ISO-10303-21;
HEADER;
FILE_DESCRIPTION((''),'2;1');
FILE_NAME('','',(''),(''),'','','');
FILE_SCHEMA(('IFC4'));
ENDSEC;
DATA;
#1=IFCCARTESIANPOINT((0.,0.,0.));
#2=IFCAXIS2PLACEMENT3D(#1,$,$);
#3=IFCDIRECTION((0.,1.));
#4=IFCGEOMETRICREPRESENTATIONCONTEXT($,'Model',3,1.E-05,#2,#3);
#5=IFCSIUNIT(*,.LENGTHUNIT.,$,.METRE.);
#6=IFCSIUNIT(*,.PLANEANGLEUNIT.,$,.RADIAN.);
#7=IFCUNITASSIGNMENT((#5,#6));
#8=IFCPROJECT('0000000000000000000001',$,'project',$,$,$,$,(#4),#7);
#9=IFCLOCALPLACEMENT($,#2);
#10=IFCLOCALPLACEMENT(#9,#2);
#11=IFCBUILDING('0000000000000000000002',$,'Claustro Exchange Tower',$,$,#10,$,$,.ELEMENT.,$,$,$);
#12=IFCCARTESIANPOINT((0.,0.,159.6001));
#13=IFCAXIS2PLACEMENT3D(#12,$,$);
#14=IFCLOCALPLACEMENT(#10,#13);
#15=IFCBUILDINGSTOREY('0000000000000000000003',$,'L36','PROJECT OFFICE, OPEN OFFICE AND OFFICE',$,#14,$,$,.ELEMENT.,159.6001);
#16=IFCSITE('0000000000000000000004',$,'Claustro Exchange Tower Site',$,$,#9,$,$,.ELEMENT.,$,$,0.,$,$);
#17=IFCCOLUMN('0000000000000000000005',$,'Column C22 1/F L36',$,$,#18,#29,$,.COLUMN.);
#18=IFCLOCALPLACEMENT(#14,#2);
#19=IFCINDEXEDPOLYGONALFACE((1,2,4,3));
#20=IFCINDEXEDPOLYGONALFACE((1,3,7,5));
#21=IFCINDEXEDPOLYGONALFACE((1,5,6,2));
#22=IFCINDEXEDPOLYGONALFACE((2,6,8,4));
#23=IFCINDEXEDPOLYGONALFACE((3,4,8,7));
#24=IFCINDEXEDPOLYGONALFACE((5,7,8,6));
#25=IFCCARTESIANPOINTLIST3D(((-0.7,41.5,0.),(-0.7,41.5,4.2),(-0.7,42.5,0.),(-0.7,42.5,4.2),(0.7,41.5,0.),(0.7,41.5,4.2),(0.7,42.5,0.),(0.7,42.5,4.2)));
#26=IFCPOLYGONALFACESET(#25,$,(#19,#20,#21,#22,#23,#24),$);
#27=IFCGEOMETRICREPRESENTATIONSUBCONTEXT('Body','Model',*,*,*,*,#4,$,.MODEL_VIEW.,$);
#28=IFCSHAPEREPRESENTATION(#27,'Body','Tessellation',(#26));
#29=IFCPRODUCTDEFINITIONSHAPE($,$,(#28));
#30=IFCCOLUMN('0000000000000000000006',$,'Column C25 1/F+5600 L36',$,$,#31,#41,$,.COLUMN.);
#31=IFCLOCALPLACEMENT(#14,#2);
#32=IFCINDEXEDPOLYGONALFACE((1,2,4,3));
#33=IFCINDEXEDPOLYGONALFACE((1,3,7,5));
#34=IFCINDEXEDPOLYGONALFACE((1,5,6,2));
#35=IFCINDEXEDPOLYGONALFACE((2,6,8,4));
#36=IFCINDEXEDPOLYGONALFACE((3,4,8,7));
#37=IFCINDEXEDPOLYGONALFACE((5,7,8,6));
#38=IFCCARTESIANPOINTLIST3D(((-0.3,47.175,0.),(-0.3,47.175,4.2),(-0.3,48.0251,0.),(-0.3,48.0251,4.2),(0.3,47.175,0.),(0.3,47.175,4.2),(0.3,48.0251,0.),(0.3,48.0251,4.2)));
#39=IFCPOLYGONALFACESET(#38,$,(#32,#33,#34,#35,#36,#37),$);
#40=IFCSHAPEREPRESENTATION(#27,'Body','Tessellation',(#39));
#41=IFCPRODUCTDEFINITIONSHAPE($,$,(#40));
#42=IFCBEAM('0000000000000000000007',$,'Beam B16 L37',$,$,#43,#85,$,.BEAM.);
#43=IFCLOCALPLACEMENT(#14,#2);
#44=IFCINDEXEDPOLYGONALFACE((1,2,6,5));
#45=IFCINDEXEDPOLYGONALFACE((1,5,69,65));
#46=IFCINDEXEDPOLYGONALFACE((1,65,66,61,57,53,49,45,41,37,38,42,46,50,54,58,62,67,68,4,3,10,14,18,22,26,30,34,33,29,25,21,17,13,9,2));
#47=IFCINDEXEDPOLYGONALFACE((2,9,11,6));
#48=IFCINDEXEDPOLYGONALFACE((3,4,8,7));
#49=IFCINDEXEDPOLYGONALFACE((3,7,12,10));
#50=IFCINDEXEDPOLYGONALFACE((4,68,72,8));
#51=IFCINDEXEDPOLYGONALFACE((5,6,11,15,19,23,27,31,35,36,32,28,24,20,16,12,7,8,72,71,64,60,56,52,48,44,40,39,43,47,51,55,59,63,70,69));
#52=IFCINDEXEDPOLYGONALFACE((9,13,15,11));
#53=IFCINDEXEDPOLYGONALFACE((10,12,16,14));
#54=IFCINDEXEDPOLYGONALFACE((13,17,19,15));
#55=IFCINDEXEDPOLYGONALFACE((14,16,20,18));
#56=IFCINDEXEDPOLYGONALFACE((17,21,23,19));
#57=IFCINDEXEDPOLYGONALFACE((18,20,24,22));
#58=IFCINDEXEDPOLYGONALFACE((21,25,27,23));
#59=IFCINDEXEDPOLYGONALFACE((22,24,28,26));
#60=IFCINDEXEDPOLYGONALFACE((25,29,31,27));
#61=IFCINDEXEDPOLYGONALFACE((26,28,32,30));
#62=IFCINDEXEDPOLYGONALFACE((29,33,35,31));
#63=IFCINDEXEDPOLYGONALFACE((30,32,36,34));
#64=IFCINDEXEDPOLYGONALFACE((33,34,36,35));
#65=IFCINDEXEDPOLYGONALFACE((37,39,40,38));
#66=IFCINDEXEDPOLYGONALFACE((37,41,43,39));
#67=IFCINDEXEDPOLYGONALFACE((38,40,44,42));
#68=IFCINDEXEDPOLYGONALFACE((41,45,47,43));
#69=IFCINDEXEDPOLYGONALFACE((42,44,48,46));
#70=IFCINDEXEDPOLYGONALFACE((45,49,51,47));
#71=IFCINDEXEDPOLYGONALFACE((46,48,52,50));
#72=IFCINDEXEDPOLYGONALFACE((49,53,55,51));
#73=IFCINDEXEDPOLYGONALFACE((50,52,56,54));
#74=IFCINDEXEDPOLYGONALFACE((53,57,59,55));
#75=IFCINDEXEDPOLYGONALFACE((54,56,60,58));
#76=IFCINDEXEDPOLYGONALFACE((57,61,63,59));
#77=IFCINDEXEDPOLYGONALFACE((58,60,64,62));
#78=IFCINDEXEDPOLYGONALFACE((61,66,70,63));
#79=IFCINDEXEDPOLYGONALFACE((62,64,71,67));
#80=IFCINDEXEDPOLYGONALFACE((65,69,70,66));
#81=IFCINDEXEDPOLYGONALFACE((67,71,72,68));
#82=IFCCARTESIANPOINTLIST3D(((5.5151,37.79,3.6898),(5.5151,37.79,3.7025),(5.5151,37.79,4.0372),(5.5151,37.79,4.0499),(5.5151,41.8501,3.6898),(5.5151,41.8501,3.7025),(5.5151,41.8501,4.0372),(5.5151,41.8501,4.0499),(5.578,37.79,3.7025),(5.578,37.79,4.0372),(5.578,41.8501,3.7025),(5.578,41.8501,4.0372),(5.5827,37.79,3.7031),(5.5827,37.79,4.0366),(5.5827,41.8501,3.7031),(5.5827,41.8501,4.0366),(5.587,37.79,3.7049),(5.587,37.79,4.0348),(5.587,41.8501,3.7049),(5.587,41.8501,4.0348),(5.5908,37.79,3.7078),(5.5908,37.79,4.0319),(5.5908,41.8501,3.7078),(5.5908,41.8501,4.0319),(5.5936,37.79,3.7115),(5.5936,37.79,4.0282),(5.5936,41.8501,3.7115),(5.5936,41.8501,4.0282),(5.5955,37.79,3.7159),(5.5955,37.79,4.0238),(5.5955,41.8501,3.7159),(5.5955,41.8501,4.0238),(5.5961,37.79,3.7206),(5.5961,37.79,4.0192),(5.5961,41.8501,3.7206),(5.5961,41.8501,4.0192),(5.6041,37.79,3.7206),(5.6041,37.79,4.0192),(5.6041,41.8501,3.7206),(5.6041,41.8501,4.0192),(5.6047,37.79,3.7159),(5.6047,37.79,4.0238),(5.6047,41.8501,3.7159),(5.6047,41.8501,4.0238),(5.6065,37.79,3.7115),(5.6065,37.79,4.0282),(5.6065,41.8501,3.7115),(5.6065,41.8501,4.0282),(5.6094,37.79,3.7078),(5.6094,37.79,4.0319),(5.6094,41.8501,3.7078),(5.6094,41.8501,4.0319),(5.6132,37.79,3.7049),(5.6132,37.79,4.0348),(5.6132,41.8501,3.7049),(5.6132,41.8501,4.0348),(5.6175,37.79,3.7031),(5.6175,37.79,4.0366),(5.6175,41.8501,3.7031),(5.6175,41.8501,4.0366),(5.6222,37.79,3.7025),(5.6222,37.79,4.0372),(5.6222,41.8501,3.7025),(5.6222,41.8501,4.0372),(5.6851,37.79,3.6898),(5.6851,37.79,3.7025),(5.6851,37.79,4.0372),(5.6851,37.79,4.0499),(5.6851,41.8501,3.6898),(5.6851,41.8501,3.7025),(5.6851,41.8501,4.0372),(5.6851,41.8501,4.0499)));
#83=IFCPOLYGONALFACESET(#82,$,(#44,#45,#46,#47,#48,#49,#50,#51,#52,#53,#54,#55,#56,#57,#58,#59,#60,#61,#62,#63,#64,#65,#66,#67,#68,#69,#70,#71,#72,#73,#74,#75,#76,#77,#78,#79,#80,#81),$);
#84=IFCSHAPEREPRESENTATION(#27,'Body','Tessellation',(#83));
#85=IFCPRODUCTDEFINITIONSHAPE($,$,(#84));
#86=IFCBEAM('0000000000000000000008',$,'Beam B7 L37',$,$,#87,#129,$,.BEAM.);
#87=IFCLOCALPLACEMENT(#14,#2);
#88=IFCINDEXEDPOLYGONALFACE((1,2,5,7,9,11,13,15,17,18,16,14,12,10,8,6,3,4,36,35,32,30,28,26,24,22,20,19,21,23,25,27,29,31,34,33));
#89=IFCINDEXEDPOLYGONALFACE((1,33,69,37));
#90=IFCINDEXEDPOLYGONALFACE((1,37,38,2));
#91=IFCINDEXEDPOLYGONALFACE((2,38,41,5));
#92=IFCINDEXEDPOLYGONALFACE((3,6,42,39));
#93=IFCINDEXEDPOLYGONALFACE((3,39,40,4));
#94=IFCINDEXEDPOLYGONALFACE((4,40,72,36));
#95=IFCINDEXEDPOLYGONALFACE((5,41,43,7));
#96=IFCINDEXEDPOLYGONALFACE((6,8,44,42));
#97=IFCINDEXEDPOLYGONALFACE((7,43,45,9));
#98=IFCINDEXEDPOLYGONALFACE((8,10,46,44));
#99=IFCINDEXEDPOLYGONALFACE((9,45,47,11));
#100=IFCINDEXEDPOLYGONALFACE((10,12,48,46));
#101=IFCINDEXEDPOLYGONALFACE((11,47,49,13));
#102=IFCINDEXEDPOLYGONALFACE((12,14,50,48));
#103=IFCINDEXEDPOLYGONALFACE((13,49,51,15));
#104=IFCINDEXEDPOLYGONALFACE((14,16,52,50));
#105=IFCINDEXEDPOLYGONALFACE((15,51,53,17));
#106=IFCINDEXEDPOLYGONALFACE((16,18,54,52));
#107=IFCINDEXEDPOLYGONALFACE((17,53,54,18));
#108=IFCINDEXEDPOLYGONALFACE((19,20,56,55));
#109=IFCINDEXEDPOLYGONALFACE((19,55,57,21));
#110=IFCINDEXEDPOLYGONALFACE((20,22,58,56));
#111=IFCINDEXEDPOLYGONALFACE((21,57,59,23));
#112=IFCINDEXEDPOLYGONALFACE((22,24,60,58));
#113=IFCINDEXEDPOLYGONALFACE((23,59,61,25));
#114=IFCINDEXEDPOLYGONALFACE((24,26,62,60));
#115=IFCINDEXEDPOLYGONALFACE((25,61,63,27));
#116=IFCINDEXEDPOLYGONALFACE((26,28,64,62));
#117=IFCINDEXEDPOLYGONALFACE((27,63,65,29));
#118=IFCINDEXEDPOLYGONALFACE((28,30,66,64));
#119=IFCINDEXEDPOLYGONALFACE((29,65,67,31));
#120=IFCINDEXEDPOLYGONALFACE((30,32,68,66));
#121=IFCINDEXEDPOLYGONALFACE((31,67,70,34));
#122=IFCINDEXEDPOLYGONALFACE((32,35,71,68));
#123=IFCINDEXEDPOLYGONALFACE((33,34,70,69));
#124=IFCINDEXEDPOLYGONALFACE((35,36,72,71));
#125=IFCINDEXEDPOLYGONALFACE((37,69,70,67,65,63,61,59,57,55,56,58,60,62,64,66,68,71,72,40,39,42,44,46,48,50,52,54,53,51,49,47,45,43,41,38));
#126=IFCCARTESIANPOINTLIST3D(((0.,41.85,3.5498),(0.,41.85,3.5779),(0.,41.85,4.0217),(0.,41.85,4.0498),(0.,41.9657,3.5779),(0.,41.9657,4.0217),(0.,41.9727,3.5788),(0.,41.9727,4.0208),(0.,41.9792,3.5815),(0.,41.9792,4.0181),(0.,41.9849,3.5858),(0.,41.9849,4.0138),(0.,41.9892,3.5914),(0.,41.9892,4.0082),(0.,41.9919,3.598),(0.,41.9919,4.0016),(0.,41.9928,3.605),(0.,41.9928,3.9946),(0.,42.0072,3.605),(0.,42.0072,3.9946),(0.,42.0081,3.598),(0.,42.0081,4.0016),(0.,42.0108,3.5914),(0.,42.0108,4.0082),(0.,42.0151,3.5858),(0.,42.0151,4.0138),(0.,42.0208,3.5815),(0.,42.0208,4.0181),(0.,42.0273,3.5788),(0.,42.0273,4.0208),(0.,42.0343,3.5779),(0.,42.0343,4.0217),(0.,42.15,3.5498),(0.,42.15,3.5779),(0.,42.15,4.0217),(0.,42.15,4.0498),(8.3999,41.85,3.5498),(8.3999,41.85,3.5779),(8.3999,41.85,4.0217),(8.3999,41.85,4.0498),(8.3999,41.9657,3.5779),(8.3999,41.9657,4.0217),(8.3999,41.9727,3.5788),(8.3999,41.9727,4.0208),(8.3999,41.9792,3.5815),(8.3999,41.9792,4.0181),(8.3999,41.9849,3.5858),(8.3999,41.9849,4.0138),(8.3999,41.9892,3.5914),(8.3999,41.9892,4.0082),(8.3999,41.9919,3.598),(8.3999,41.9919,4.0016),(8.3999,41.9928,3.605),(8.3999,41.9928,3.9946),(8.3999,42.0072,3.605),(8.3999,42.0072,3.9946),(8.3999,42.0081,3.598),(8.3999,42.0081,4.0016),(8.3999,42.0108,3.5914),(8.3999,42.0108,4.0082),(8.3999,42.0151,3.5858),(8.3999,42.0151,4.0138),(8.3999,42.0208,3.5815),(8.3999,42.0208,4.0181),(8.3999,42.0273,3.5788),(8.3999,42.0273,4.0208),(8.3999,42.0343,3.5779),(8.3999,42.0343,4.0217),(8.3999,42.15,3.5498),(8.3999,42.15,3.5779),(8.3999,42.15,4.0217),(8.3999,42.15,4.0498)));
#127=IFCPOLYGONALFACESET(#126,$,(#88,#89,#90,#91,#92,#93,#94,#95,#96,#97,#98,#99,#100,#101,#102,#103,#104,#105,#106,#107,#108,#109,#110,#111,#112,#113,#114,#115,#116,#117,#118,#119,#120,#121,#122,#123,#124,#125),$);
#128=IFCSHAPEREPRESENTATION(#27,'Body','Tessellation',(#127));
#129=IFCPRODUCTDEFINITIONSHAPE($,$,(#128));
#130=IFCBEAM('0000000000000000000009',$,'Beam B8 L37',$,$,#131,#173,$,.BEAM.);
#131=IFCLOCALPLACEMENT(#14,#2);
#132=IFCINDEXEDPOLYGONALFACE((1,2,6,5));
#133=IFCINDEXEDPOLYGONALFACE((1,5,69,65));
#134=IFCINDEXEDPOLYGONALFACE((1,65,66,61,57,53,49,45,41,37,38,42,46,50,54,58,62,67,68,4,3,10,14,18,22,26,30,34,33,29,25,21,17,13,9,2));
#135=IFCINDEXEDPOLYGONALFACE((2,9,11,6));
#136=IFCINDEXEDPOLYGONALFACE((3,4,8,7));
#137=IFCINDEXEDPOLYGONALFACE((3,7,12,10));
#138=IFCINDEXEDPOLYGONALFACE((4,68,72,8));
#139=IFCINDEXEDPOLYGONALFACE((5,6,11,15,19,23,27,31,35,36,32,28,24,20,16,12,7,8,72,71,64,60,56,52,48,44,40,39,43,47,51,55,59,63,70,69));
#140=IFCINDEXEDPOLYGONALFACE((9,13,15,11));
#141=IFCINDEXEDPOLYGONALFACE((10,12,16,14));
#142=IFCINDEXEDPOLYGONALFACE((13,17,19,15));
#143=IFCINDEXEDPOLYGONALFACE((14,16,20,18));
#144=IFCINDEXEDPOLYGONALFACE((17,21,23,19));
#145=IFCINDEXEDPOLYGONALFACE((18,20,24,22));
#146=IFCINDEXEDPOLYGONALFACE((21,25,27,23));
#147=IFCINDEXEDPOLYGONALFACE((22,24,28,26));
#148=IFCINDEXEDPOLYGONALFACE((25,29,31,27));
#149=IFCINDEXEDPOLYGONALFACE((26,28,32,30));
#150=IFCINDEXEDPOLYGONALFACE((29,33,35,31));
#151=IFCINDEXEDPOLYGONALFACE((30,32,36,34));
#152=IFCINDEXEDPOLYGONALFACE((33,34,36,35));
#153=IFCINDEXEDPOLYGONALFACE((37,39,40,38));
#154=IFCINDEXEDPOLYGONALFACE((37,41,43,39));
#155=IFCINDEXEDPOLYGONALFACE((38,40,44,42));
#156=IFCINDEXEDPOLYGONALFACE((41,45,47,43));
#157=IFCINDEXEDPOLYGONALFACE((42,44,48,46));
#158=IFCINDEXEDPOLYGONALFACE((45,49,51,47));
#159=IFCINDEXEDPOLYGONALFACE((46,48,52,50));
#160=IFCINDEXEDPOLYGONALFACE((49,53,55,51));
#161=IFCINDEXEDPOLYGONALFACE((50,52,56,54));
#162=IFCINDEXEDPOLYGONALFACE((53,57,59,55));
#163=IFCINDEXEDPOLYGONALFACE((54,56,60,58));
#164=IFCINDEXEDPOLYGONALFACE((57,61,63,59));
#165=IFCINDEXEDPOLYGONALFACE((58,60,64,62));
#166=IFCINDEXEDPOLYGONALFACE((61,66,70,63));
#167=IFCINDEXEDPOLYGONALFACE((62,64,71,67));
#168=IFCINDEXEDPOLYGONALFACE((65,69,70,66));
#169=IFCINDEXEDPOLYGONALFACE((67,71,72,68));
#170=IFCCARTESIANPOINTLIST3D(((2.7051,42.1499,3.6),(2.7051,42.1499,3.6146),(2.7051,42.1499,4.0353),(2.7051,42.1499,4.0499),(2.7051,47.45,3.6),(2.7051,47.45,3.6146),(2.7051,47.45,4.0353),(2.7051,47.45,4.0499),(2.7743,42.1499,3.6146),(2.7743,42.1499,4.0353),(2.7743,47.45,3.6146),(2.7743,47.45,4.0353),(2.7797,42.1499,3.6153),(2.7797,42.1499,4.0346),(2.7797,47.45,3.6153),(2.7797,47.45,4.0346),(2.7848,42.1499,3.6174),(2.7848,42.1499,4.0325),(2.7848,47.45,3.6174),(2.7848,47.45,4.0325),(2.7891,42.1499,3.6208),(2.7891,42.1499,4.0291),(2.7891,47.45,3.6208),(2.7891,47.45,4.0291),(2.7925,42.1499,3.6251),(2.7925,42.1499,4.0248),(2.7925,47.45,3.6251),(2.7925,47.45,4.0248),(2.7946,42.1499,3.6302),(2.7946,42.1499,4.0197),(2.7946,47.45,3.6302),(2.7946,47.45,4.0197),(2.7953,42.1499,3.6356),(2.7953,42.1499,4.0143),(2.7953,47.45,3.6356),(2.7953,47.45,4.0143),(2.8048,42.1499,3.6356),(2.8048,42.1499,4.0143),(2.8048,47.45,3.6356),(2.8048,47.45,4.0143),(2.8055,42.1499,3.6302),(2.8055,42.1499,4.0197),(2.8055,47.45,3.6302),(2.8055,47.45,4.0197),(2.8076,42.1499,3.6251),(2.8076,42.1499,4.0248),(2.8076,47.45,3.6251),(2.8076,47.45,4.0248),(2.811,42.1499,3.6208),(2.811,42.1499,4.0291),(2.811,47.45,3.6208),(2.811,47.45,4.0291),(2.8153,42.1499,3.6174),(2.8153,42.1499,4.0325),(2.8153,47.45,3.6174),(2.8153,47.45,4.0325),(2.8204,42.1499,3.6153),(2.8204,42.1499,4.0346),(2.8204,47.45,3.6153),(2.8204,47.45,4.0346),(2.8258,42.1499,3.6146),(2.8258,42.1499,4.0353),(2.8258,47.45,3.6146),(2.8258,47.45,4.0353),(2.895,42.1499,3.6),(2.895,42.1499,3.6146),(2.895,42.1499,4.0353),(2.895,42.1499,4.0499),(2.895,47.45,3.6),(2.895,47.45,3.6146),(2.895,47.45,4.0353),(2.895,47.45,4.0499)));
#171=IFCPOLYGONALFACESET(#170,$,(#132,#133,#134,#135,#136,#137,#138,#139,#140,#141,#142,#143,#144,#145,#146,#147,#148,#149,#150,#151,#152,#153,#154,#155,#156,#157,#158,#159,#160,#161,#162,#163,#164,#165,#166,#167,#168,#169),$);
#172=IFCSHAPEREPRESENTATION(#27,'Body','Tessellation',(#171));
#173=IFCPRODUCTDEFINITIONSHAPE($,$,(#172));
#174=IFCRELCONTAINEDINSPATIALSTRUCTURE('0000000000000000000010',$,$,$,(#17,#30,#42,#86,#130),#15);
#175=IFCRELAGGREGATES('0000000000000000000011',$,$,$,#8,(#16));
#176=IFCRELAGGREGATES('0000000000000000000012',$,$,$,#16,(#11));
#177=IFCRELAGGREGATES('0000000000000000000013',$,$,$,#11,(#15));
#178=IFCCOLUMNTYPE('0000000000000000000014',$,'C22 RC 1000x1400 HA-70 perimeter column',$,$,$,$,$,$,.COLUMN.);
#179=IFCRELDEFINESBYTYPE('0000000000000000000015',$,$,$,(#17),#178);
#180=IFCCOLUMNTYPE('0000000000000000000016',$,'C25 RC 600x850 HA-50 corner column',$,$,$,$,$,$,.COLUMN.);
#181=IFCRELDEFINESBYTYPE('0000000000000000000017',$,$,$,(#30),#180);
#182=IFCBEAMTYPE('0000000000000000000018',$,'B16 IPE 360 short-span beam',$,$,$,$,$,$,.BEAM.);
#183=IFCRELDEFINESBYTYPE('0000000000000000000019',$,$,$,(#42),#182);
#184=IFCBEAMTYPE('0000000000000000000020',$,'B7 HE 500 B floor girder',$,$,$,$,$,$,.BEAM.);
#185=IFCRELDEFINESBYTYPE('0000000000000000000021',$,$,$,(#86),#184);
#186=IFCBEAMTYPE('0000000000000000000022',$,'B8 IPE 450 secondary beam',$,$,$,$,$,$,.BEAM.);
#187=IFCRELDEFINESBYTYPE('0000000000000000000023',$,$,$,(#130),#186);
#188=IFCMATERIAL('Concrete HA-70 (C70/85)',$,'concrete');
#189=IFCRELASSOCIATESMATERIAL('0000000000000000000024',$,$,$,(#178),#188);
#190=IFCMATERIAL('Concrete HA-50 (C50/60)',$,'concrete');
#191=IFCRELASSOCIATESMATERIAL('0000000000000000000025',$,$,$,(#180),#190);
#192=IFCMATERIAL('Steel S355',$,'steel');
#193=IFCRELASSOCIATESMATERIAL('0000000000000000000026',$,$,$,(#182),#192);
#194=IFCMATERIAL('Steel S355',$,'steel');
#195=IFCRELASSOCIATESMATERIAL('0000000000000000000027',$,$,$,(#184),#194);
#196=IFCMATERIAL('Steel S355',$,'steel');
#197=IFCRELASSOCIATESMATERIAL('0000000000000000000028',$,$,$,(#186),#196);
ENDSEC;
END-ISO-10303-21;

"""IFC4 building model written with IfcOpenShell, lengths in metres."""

from ifc_helpers import new_model, si_unit, direction, frame, origin, origin_2d, place, context, subcontext, project, spatial, rectangle, i_section, extrude, material, material_profile, profile_set, type_object, element, save


model = new_model("IFC4")

# Units and contexts
model_context = context("Model", 3, precision=1e-05, world=origin(), true_north=direction((0.0, 1.0)))
body_context = subcontext(model_context, "Body", "Model", "MODEL_VIEW")
ifc_project = project(units=[si_unit("LENGTHUNIT", "METRE"), si_unit("PLANEANGLEUNIT", "RADIAN")], contexts=[model_context])

# Site, building, storey
site_placement = place(None, origin())
site = spatial("IfcSite", under=ifc_project, at=site_placement, Name="Claustro Exchange Tower Site", CompositionType="ELEMENT", RefElevation=0.0)
building_placement = place(site_placement, origin())
building = spatial("IfcBuilding", under=site, at=building_placement, Name="Claustro Exchange Tower", CompositionType="ELEMENT")
storey_placement = place(building_placement, frame((0.0, 0.0, 159.6001)))
storey = spatial("IfcBuildingStorey", under=building, at=storey_placement, Name="L36", Description="PROJECT OFFICE, OPEN OFFICE AND OFFICE", CompositionType="ELEMENT", Elevation=159.6001)

# Columns
ifc_material_1 = material(Name="Concrete HA-70 (C70/85)", Category="concrete")
ifc_material_profile_1 = material_profile(ifc_material_1, rectangle(XDim=1.0, YDim=1.3999, at=origin_2d()), Name="RC 1000x1400")
ifc_profile_set_1 = profile_set([ifc_material_profile_1], Name="Concrete HA-70 (C70/85)")
column_type_1 = type_object("IfcColumnType", Name="C22 RC 1000x1400 HA-70 perimeter column", PredefinedType="COLUMN", material=ifc_profile_set_1)
column_1_placement = place(storey_placement, frame((0.0, 42.0, 0.0), z_axis=(0.0, 0.0, 1.0), x_axis=(0.0, 1.0, 0.0)))
element("IfcColumn", 1, at=column_1_placement, inside=storey, type_object=column_type_1, Name="Column C22 1/F L36", PredefinedType="COLUMN", context=body_context, shape_type="SweptSolid", body=[
    extrude(rectangle(XDim=1.0, YDim=1.3999, at=origin_2d()), origin(), (0.0, 0.0, 1.0), 4.2),
])
ifc_material_2 = material(Name="Concrete HA-50 (C50/60)", Category="concrete")
ifc_material_profile_2 = material_profile(ifc_material_2, rectangle(XDim=0.6001, YDim=0.8501, at=origin_2d()), Name="RC 600x850")
ifc_profile_set_2 = profile_set([ifc_material_profile_2], Name="Concrete HA-50 (C50/60)")
column_type_2 = type_object("IfcColumnType", Name="C25 RC 600x850 HA-50 corner column", PredefinedType="COLUMN", material=ifc_profile_set_2)
column_2_placement = place(storey_placement, frame((0.0, 47.6001, 0.0), z_axis=(0.0, 0.0, 1.0), x_axis=(1.0, 0.0, 0.0)))
element("IfcColumn", 2, at=column_2_placement, inside=storey, type_object=column_type_2, Name="Column C25 1/F+5600 L36", PredefinedType="COLUMN", context=body_context, shape_type="SweptSolid", body=[
    extrude(rectangle(XDim=0.6001, YDim=0.8501, at=origin_2d()), origin(), (0.0, 0.0, 1.0), 4.2),
])

# Beams
ifc_material_3 = material(Name="Steel S355", Category="steel")
ifc_material_profile_3 = material_profile(ifc_material_3, i_section(OverallWidth=0.1699, OverallDepth=0.3601, WebThickness=0.0081, FlangeThickness=0.0127, FilletRadius=0.0181, at=origin_2d()), Name="IPE 360")
ifc_profile_set_3 = profile_set([ifc_material_profile_3], Name="Steel S355")
beam_type_1 = type_object("IfcBeamType", Name="B16 IPE 360 short-span beam", PredefinedType="BEAM", material=ifc_profile_set_3)
beam_1_placement = place(storey_placement, frame((5.6001, 37.79, 3.8699), z_axis=(0.0, 1.0, 0.0), x_axis=(-1.0, 0.0, 0.0)))
element("IfcBeam", 3, at=beam_1_placement, inside=storey, type_object=beam_type_1, Name="Beam B16 L37", PredefinedType="BEAM", context=body_context, shape_type="SweptSolid", body=[
    extrude(i_section(OverallWidth=0.1699, OverallDepth=0.3601, WebThickness=0.0081, FlangeThickness=0.0127, FilletRadius=0.0181, at=origin_2d()), origin(), (0.0, 0.0, 1.0), 4.0601),
])
ifc_material_4 = material(Name="Steel S355", Category="steel")
ifc_material_profile_4 = material_profile(ifc_material_4, i_section(OverallWidth=0.3, OverallDepth=0.5, WebThickness=0.0144, FlangeThickness=0.0281, FilletRadius=0.0271, at=origin_2d()), Name="HE 500 B")
ifc_profile_set_4 = profile_set([ifc_material_profile_4], Name="Steel S355")
beam_type_2 = type_object("IfcBeamType", Name="B7 HE 500 B floor girder", PredefinedType="BEAM", material=ifc_profile_set_4)
beam_2_placement = place(storey_placement, frame((0.0, 42.0, 3.7998), z_axis=(1.0, 0.0, 0.0), x_axis=(0.0, 1.0, 0.0)))
element("IfcBeam", 4, at=beam_2_placement, inside=storey, type_object=beam_type_2, Name="Beam B7 L37", PredefinedType="BEAM", context=body_context, shape_type="SweptSolid", body=[
    extrude(i_section(OverallWidth=0.3, OverallDepth=0.5, WebThickness=0.0144, FlangeThickness=0.0281, FilletRadius=0.0271, at=origin_2d()), origin(), (0.0, 0.0, 1.0), 8.3999),
])
ifc_material_5 = material(Name="Steel S355", Category="steel")
ifc_material_profile_5 = material_profile(ifc_material_5, i_section(OverallWidth=0.1899, OverallDepth=0.45, WebThickness=0.0095, FlangeThickness=0.0146, FilletRadius=0.021, at=origin_2d()), Name="IPE 450")
ifc_profile_set_5 = profile_set([ifc_material_profile_5], Name="Steel S355")
beam_type_3 = type_object("IfcBeamType", Name="B8 IPE 450 secondary beam", PredefinedType="BEAM", material=ifc_profile_set_5)
for number, where, z_axis, x_axis, name in (
    (5, (2.8, 42.1499, 3.825), (0.0, 1.0, 0.0), (-1.0, 0.0, 0.0), "Beam B8 L37"),
):
    element("IfcBeam", number, at=place(storey_placement, frame(where, z_axis=z_axis, x_axis=x_axis)), inside=storey, type_object=beam_type_3, Name=name, PredefinedType="BEAM", context=body_context, shape_type="SweptSolid", body=[
        extrude(i_section(OverallWidth=0.1899, OverallDepth=0.45, WebThickness=0.0095, FlangeThickness=0.0146, FilletRadius=0.021, at=origin_2d()), origin(), (0.0, 0.0, 1.0), 5.3),
    ])

save(model, "model.ifc")
